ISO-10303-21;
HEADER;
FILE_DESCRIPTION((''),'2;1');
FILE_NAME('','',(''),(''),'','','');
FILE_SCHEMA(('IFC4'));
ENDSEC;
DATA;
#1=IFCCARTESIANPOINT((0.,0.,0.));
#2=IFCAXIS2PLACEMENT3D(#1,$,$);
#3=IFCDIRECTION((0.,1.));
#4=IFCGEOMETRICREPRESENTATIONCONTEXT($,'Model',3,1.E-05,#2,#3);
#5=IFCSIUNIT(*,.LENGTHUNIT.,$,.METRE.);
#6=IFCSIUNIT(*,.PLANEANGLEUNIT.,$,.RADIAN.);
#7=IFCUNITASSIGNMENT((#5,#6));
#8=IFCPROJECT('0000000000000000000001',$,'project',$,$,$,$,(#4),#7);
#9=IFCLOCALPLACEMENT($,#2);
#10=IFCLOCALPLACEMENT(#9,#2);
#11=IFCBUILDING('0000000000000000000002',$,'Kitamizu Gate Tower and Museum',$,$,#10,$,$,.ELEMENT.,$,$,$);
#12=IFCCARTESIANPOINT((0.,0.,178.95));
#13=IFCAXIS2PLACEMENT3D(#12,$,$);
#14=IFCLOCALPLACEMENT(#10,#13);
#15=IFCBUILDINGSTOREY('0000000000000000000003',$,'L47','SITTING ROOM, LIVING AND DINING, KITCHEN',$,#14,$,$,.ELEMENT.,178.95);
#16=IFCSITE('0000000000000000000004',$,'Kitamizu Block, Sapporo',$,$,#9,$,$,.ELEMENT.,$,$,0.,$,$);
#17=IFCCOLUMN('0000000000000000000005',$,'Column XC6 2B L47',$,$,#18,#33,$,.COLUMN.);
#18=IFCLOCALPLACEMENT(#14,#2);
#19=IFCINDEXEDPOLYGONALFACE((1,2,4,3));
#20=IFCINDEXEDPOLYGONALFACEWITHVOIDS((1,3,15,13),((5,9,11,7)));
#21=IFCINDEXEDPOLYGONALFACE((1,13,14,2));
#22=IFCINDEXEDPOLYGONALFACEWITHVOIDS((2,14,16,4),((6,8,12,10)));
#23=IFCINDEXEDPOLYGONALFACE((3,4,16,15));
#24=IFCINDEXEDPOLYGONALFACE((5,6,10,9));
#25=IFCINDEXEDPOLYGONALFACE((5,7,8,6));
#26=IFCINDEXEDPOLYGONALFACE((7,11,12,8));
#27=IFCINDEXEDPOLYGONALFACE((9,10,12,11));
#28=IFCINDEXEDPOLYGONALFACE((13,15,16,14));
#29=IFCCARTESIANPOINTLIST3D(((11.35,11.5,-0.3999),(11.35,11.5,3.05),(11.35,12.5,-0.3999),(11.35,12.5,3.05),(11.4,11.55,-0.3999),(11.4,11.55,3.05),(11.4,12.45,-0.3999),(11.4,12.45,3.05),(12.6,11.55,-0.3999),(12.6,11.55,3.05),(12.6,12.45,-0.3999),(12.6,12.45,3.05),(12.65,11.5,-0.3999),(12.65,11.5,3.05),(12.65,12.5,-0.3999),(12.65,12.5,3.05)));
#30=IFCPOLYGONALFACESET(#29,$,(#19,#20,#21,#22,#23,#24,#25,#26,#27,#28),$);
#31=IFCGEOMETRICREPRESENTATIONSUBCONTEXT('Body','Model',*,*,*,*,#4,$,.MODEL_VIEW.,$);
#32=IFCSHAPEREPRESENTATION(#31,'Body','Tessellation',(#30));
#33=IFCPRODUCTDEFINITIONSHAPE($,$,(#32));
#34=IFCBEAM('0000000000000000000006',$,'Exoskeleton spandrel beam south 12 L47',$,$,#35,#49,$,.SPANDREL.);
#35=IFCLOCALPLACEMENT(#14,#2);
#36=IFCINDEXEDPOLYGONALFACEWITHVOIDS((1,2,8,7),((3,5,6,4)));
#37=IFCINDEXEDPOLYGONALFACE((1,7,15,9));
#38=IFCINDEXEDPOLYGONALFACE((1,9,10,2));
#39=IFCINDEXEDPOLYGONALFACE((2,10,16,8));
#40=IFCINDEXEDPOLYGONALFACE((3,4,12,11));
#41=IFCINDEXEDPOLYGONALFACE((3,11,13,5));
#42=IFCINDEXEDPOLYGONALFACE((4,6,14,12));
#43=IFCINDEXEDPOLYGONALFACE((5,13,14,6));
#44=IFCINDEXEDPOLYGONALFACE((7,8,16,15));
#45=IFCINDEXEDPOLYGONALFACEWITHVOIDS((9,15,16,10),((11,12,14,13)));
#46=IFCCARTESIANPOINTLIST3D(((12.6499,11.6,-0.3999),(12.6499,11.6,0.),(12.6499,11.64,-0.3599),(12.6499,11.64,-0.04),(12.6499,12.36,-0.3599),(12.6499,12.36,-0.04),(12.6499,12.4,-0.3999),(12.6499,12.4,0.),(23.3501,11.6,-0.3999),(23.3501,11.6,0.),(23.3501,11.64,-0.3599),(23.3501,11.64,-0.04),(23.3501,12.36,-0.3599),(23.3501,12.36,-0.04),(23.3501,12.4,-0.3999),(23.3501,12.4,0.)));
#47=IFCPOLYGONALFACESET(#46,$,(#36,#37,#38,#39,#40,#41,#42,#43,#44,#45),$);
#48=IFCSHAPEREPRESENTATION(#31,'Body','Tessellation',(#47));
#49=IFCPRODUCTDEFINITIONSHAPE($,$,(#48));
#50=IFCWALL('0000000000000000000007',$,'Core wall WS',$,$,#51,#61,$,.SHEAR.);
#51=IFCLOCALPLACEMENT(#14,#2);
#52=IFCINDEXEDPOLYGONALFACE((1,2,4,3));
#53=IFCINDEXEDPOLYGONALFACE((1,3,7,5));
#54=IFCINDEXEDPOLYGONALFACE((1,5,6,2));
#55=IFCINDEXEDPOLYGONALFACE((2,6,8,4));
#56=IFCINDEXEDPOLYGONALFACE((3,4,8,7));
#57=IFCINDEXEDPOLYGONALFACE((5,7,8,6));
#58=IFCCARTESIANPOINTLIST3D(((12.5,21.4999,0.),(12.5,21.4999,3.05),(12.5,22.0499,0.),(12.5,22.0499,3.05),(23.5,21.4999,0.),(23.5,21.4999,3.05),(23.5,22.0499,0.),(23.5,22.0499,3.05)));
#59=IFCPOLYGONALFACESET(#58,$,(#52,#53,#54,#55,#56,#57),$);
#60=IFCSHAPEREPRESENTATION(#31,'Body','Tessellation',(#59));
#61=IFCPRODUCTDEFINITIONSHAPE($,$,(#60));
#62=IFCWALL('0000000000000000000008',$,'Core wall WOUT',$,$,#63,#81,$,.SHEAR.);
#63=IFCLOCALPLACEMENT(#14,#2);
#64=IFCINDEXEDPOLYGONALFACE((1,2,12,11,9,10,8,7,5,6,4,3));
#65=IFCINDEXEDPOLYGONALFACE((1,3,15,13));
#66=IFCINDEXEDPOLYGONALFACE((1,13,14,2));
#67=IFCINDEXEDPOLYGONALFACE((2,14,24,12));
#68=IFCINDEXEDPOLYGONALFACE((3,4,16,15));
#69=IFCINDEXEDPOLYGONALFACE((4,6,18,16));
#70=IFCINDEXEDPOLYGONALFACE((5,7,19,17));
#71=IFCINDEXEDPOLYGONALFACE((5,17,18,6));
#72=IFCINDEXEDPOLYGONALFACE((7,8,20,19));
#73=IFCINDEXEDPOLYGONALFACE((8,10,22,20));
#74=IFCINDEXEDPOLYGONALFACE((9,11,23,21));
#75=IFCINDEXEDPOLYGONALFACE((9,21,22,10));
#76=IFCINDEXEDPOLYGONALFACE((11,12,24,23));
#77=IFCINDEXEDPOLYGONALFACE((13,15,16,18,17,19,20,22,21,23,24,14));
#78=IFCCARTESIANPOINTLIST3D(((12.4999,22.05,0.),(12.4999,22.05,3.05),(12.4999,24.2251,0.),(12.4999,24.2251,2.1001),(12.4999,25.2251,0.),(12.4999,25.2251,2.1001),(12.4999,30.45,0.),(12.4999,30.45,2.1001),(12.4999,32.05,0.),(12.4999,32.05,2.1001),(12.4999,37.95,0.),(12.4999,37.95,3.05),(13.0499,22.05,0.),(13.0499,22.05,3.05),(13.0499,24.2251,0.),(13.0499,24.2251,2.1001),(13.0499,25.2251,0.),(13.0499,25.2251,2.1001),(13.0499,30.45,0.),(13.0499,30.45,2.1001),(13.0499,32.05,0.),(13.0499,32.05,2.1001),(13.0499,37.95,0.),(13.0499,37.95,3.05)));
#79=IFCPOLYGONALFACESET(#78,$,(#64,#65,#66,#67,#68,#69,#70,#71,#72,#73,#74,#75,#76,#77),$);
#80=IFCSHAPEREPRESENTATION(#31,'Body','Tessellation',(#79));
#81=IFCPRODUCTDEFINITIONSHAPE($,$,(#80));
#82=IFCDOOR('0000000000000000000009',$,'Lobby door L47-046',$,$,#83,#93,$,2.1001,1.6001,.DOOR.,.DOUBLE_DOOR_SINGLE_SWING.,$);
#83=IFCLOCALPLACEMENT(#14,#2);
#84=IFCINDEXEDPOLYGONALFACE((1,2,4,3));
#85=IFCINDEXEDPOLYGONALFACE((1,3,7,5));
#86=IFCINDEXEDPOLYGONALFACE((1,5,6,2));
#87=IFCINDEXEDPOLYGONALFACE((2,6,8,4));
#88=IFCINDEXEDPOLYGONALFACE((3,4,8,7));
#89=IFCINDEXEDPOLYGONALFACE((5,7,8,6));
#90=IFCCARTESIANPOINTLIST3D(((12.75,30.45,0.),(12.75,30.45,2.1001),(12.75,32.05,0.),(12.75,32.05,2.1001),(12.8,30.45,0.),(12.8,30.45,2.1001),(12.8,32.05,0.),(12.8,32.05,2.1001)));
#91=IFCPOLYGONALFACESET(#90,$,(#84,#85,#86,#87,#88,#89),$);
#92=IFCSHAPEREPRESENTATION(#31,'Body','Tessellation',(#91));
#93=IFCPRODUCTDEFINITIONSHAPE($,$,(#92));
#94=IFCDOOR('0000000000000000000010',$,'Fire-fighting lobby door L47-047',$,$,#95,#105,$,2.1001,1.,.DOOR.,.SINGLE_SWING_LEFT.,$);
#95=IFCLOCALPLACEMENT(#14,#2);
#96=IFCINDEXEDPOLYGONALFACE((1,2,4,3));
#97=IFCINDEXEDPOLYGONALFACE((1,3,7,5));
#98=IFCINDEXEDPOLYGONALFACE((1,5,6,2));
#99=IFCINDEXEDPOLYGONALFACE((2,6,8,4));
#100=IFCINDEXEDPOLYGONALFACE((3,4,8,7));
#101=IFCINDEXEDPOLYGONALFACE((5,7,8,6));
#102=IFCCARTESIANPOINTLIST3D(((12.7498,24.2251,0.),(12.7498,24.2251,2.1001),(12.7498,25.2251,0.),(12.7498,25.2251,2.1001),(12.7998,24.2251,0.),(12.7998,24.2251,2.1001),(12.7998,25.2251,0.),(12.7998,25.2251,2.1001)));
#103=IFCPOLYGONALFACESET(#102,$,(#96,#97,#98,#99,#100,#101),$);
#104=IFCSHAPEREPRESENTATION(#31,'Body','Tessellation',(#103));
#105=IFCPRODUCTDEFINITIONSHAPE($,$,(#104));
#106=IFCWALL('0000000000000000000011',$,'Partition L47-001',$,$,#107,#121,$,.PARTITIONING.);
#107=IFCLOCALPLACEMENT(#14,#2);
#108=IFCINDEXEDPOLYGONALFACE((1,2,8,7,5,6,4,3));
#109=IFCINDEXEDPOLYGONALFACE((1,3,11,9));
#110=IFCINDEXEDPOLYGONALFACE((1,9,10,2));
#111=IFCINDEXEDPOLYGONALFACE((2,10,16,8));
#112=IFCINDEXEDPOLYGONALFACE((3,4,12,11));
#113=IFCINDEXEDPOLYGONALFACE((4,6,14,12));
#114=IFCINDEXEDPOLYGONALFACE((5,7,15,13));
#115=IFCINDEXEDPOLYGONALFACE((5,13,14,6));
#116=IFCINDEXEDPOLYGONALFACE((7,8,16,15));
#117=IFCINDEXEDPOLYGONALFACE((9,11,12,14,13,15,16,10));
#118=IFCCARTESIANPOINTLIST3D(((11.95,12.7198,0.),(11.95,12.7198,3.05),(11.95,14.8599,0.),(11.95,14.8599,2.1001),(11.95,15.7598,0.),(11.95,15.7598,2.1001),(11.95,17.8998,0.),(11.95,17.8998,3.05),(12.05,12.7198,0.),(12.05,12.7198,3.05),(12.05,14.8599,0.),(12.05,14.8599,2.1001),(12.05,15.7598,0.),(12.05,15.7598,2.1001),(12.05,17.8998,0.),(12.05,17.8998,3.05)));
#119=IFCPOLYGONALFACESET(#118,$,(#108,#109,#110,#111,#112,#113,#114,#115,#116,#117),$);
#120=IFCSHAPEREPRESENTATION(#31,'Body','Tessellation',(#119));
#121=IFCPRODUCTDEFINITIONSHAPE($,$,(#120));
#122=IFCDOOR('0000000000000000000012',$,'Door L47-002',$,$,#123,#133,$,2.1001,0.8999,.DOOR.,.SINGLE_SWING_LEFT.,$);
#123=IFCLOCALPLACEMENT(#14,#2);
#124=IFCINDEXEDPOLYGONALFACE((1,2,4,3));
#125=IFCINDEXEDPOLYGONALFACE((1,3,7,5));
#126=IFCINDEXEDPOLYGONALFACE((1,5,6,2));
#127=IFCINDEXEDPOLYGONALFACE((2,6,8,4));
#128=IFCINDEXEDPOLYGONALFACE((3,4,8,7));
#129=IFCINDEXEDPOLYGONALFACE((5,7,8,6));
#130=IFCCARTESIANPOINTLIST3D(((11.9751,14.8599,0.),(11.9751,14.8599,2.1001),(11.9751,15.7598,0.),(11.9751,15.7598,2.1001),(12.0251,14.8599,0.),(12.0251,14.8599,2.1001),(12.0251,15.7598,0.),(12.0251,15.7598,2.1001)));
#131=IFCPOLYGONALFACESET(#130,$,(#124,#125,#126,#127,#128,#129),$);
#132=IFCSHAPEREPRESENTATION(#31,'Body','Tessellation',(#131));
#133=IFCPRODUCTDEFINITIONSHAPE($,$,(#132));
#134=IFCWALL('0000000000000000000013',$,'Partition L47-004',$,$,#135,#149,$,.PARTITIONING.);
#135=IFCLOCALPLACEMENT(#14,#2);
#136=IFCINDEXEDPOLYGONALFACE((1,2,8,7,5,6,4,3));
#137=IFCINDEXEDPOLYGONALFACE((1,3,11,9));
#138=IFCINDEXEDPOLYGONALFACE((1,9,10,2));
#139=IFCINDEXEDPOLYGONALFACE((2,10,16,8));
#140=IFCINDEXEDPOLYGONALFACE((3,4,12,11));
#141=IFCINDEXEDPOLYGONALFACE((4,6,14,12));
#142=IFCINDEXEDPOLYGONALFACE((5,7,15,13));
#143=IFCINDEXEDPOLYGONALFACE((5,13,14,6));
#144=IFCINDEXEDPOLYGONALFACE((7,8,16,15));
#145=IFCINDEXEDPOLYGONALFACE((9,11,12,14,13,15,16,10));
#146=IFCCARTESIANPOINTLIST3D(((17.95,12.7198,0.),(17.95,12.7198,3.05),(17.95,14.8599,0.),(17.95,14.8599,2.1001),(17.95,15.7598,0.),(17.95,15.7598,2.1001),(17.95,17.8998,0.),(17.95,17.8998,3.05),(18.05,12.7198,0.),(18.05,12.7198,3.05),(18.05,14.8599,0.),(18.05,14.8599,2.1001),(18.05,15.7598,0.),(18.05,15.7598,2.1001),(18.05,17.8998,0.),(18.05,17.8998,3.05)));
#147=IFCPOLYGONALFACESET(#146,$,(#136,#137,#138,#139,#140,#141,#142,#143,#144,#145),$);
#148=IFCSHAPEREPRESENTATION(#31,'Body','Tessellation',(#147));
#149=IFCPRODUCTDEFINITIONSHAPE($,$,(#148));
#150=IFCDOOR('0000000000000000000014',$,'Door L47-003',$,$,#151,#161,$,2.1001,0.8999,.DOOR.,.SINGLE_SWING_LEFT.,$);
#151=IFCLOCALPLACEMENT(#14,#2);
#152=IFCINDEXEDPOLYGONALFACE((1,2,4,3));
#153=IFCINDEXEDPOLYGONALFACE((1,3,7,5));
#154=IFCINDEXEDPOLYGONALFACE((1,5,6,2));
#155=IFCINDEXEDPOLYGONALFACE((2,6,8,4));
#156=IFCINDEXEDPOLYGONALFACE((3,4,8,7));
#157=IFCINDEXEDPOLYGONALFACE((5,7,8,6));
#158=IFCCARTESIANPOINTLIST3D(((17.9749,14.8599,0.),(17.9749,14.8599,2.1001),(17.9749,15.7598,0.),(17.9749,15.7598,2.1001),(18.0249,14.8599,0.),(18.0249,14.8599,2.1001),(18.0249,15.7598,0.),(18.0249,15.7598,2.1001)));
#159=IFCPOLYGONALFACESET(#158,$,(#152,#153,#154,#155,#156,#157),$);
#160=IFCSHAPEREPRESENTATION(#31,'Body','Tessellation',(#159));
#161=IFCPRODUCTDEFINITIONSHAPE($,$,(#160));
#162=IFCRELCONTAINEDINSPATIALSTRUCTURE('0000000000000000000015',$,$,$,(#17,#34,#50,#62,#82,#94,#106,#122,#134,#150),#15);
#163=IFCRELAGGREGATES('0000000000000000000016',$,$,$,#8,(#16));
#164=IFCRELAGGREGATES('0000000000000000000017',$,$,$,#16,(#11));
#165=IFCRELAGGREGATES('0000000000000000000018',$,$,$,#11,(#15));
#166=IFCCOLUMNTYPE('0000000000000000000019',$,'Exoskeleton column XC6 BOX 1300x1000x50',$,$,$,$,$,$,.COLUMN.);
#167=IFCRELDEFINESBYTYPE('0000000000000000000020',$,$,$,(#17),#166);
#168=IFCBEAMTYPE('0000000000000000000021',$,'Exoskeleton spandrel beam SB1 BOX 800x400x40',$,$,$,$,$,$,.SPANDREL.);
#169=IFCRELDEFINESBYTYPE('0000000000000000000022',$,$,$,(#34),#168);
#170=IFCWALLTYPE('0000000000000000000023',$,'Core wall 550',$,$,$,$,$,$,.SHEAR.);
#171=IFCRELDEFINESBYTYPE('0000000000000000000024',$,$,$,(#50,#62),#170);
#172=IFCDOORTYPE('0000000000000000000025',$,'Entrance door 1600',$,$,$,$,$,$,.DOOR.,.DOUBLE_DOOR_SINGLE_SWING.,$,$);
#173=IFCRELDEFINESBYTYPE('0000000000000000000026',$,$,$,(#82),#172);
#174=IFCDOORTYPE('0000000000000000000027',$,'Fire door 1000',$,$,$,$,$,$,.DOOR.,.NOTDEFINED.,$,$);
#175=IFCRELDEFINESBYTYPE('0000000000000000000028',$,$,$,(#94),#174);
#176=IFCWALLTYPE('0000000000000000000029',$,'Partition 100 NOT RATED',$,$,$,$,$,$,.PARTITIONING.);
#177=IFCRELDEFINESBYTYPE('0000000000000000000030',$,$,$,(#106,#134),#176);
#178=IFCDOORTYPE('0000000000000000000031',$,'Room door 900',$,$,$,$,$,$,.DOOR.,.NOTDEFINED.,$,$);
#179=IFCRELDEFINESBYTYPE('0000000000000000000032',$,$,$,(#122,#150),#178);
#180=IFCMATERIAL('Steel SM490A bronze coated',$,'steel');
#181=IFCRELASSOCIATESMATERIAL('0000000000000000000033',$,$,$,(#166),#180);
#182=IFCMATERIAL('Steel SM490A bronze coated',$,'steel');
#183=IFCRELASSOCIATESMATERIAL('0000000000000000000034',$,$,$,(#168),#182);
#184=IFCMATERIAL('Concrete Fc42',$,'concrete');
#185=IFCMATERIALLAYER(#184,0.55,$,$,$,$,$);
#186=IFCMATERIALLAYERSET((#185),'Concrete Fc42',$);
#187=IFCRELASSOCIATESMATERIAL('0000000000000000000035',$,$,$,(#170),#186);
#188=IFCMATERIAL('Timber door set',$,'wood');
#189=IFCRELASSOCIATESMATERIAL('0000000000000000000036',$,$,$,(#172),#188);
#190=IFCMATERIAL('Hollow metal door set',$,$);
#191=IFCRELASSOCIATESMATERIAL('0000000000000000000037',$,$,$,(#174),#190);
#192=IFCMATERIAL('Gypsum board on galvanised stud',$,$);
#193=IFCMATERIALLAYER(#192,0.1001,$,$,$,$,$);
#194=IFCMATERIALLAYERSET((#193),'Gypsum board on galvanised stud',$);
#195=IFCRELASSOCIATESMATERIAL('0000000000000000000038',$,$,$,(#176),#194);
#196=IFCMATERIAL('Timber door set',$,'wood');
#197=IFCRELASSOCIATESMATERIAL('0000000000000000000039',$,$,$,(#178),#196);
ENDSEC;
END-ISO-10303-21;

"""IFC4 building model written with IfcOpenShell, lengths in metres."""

from ifc_helpers import new_model, si_unit, direction, frame, frame_2d, origin, origin_2d, place, context, subcontext, project, spatial, rectangle, hollow_rectangle, extrude, material, layer, layer_set, material_profile, profile_set, type_object, element, fill, save


model = new_model("IFC4")

# Units and contexts
model_context = context("Model", 3, precision=1e-05, world=origin(), true_north=direction((0.0, 1.0)))
body_context = subcontext(model_context, "Body", "Model", "MODEL_VIEW")
ifc_project = project(units=[si_unit("LENGTHUNIT", "METRE"), si_unit("PLANEANGLEUNIT", "RADIAN")], contexts=[model_context])

# Site, building, storey
site_placement = place(None, origin())
site = spatial("IfcSite", under=ifc_project, at=site_placement, Name="Kitamizu Block, Sapporo", CompositionType="ELEMENT", RefElevation=0.0)
building_placement = place(site_placement, origin())
building = spatial("IfcBuilding", under=site, at=building_placement, Name="Kitamizu Gate Tower and Museum", CompositionType="ELEMENT")
storey_placement = place(building_placement, frame((0.0, 0.0, 178.95)))
storey = spatial("IfcBuildingStorey", under=building, at=storey_placement, Name="L47", Description="SITTING ROOM, LIVING AND DINING, KITCHEN", CompositionType="ELEMENT", Elevation=178.95)

# Column
ifc_material_1 = material(Name="Steel SM490A bronze coated", Category="steel")
ifc_material_profile_1 = material_profile(ifc_material_1, hollow_rectangle(XDim=1.3, YDim=1.0, WallThickness=0.05, at=origin_2d()), Name="BOX 1300x1000x50")
ifc_profile_set_1 = profile_set([ifc_material_profile_1], Name="Steel SM490A bronze coated")
column_type = type_object("IfcColumnType", Name="Exoskeleton column XC6 BOX 1300x1000x50", PredefinedType="COLUMN", material=ifc_profile_set_1)
column_placement = place(storey_placement, frame((12.0, 12.0, -0.3999), z_axis=(0.0, 0.0, 1.0), x_axis=(1.0, 0.0, 0.0)))
element("IfcColumn", 1, at=column_placement, inside=storey, type_object=column_type, Name="Column XC6 2B L47", PredefinedType="COLUMN", context=body_context, shape_type="SweptSolid", body=[
    extrude(hollow_rectangle(XDim=1.3, YDim=1.0, WallThickness=0.05, at=origin_2d()), origin(), (0.0, 0.0, 1.0), 3.45),
])

# Beam
ifc_material_2 = material(Name="Steel SM490A bronze coated", Category="steel")
ifc_material_profile_2 = material_profile(ifc_material_2, hollow_rectangle(XDim=0.8, YDim=0.3999, WallThickness=0.04, at=origin_2d()), Name="BOX 800x400x40")
ifc_profile_set_2 = profile_set([ifc_material_profile_2], Name="Steel SM490A bronze coated")
beam_type = type_object("IfcBeamType", Name="Exoskeleton spandrel beam SB1 BOX 800x400x40", PredefinedType="SPANDREL", material=ifc_profile_set_2)
beam_placement = place(storey_placement, frame((12.6499, 12.0, -0.2), z_axis=(1.0, 0.0, 0.0), x_axis=(0.0, 1.0, 0.0)))
element("IfcBeam", 2, at=beam_placement, inside=storey, type_object=beam_type, Name="Exoskeleton spandrel beam south 12 L47", PredefinedType="SPANDREL", context=body_context, shape_type="SweptSolid", body=[
    extrude(hollow_rectangle(XDim=0.8, YDim=0.3999, WallThickness=0.04, at=origin_2d()), origin(), (0.0, 0.0, 1.0), 10.7002),
])

# Wall
ifc_material_3 = material(Name="Concrete Fc42", Category="concrete")
ifc_layer_1 = layer(ifc_material_3, 0.55)
ifc_layer_set_1 = layer_set([ifc_layer_1], Name="Concrete Fc42")
wall_type_1 = type_object("IfcWallType", Name="Core wall 550", PredefinedType="SHEAR", material=ifc_layer_set_1)
wall_1_placement = place(storey_placement, frame((12.5, 21.7749, 0.0), z_axis=(0.0, 0.0, 1.0), x_axis=(1.0, 0.0, 0.0)))
element("IfcWall", 3, at=wall_1_placement, inside=storey, type_object=wall_type_1, Name="Core wall WS", PredefinedType="SHEAR", context=body_context, shape_type="SweptSolid", body=[
    extrude(rectangle(XDim=11.0, YDim=0.55, at=frame_2d((5.5, 0.0))), origin(), (0.0, 0.0, 1.0), 3.05),
])

# Wall, openings, doors
wall_2_placement = place(storey_placement, frame((12.7749, 22.05, 0.0), z_axis=(0.0, 0.0, 1.0), x_axis=(0.0, 1.0, 0.0)))
wall_2 = element("IfcWall", 4, at=wall_2_placement, inside=storey, type_object=wall_type_1, Name="Core wall WOUT", PredefinedType="SHEAR", context=body_context, shape_type="SweptSolid", body=[
    extrude(rectangle(XDim=15.8999, YDim=0.55, at=frame_2d((7.95, 0.0))), origin(), (0.0, 0.0, 1.0), 3.05),
])
opening_1_placement = place(wall_2_placement, frame((8.3999, 0.0, 0.0)))
opening_1 = element("IfcOpeningElement", 5, at=opening_1_placement, cuts=wall_2, PredefinedType="OPENING", context=body_context, shape_type="SweptSolid", body=[
    extrude(rectangle(XDim=1.6001, YDim=2.1001, at=frame_2d((0.8, 1.05))), frame((0.0, 0.2852, 0.0), z_axis=(0.0, -1.0, 0.0), x_axis=(1.0, 0.0, 0.0)), (0.0, 0.0, 1.0), 0.5701),
])
opening_2_placement = place(wall_2_placement, frame((2.175, 0.0, 0.0)))
opening_2 = element("IfcOpeningElement", 6, at=opening_2_placement, cuts=wall_2, PredefinedType="OPENING", context=body_context, shape_type="SweptSolid", body=[
    extrude(rectangle(XDim=1.0, YDim=2.1001, at=frame_2d((0.5, 1.05))), frame((0.0, 0.2852, 0.0), z_axis=(0.0, -1.0, 0.0), x_axis=(1.0, 0.0, 0.0)), (0.0, 0.0, 1.0), 0.5701),
])
ifc_material_4 = material(Name="Timber door set", Category="wood")
door_type_1 = type_object("IfcDoorType", Name="Entrance door 1600", OperationType="DOUBLE_DOOR_SINGLE_SWING", PredefinedType="DOOR", material=ifc_material_4)
door_1_placement = place(opening_1_placement, origin())
door_1 = element("IfcDoor", 7, at=door_1_placement, inside=storey, type_object=door_type_1, Name="Lobby door L47-046", OperationType="DOUBLE_DOOR_SINGLE_SWING", OverallHeight=2.1001, OverallWidth=1.6001, PredefinedType="DOOR", context=body_context, shape_type="SweptSolid", body=[
    extrude(rectangle(XDim=1.6001, YDim=2.1001, at=frame_2d((0.8, 1.05))), frame((0.0, 0.0249, 0.0), z_axis=(0.0, -1.0, 0.0), x_axis=(1.0, 0.0, 0.0)), (0.0, 0.0, 1.0), 0.05),
])
fill(opening_1, door_1)
ifc_material_5 = material(Name="Hollow metal door set")
door_type_2 = type_object("IfcDoorType", Name="Fire door 1000", OperationType="NOTDEFINED", PredefinedType="DOOR", material=ifc_material_5)
door_2_placement = place(opening_2_placement, frame((1.0, 0.0, 0.0), x_axis=(-1.0, 0.0, 0.0)))
door_2 = element("IfcDoor", 8, at=door_2_placement, inside=storey, type_object=door_type_2, Name="Fire-fighting lobby door L47-047", OperationType="SINGLE_SWING_LEFT", OverallHeight=2.1001, OverallWidth=1.0, PredefinedType="DOOR", context=body_context, shape_type="SweptSolid", body=[
    extrude(rectangle(XDim=1.0, YDim=2.1001, at=frame_2d((0.5, 1.05))), frame((0.0, 0.0249, 0.0), z_axis=(0.0, -1.0, 0.0), x_axis=(1.0, 0.0, 0.0)), (0.0, 0.0, 1.0), 0.05),
])
fill(opening_2, door_2)

# Walls, openings, doors
ifc_material_6 = material(Name="Gypsum board on galvanised stud")
ifc_layer_2 = layer(ifc_material_6, 0.1001)
ifc_layer_set_2 = layer_set([ifc_layer_2], Name="Gypsum board on galvanised stud")
wall_type_2 = type_object("IfcWallType", Name="Partition 100 NOT RATED", PredefinedType="PARTITIONING", material=ifc_layer_set_2)
wall_3_placement = place(storey_placement, frame((12.0, 12.72, 0.0), z_axis=(0.0, 0.0, 1.0), x_axis=(0.0, 1.0, 0.0)))
wall_3 = element("IfcWall", 9, at=wall_3_placement, inside=storey, type_object=wall_type_2, Name="Partition L47-001", PredefinedType="PARTITIONING", context=body_context, shape_type="SweptSolid", body=[
    extrude(rectangle(XDim=5.1799, YDim=0.1001, at=frame_2d((2.5898, 0.0))), origin(), (0.0, 0.0, 1.0), 3.05),
])
opening_3_placement = place(wall_3_placement, frame((2.1399, 0.0, 0.0)))
opening_3 = element("IfcOpeningElement", 10, at=opening_3_placement, cuts=wall_3, PredefinedType="OPENING", context=body_context, shape_type="SweptSolid", body=[
    extrude(rectangle(XDim=0.8999, YDim=2.1001, at=frame_2d((0.45, 1.05))), frame((0.0, 0.0601, 0.0), z_axis=(0.0, -1.0, 0.0), x_axis=(1.0, 0.0, 0.0)), (0.0, 0.0, 1.0), 0.1201),
])
ifc_material_7 = material(Name="Timber door set", Category="wood")
door_type_3 = type_object("IfcDoorType", Name="Room door 900", OperationType="NOTDEFINED", PredefinedType="DOOR", material=ifc_material_7)
door_3_placement = place(opening_3_placement, origin())
door_3 = element("IfcDoor", 11, at=door_3_placement, inside=storey, type_object=door_type_3, Name="Door L47-002", OperationType="SINGLE_SWING_LEFT", OverallHeight=2.1001, OverallWidth=0.8999, PredefinedType="DOOR", context=body_context, shape_type="SweptSolid", body=[
    extrude(rectangle(XDim=0.8999, YDim=2.1001, at=frame_2d((0.45, 1.05))), frame((0.0, 0.0249, 0.0), z_axis=(0.0, -1.0, 0.0), x_axis=(1.0, 0.0, 0.0)), (0.0, 0.0, 1.0), 0.05),
])
fill(opening_3, door_3)
wall_4_placement = place(storey_placement, frame((18.0, 12.72, 0.0), z_axis=(0.0, 0.0, 1.0), x_axis=(0.0, 1.0, 0.0)))
wall_4 = element("IfcWall", 12, at=wall_4_placement, inside=storey, type_object=wall_type_2, Name="Partition L47-004", PredefinedType="PARTITIONING", context=body_context, shape_type="SweptSolid", body=[
    extrude(rectangle(XDim=5.1799, YDim=0.1001, at=frame_2d((2.5898, 0.0))), origin(), (0.0, 0.0, 1.0), 3.05),
])
opening_4_placement = place(wall_4_placement, frame((2.1399, 0.0, 0.0)))
opening_4 = element("IfcOpeningElement", 13, at=opening_4_placement, cuts=wall_4, PredefinedType="OPENING", context=body_context, shape_type="SweptSolid", body=[
    extrude(rectangle(XDim=0.8999, YDim=2.1001, at=frame_2d((0.45, 1.05))), frame((0.0, 0.0601, 0.0), z_axis=(0.0, -1.0, 0.0), x_axis=(1.0, 0.0, 0.0)), (0.0, 0.0, 1.0), 0.1201),
])
door_4_placement = place(opening_4_placement, frame((0.8999, 0.0, 0.0), x_axis=(-1.0, 0.0, 0.0)))
door_4 = element("IfcDoor", 14, at=door_4_placement, inside=storey, type_object=door_type_3, Name="Door L47-003", OperationType="SINGLE_SWING_LEFT", OverallHeight=2.1001, OverallWidth=0.8999, PredefinedType="DOOR", context=body_context, shape_type="SweptSolid", body=[
    extrude(rectangle(XDim=0.8999, YDim=2.1001, at=frame_2d((0.45, 1.05))), frame((0.0, 0.0249, 0.0), z_axis=(0.0, -1.0, 0.0), x_axis=(1.0, 0.0, 0.0)), (0.0, 0.0, 1.0), 0.05),
])
fill(opening_4, door_4)

save(model, "model.ifc")
